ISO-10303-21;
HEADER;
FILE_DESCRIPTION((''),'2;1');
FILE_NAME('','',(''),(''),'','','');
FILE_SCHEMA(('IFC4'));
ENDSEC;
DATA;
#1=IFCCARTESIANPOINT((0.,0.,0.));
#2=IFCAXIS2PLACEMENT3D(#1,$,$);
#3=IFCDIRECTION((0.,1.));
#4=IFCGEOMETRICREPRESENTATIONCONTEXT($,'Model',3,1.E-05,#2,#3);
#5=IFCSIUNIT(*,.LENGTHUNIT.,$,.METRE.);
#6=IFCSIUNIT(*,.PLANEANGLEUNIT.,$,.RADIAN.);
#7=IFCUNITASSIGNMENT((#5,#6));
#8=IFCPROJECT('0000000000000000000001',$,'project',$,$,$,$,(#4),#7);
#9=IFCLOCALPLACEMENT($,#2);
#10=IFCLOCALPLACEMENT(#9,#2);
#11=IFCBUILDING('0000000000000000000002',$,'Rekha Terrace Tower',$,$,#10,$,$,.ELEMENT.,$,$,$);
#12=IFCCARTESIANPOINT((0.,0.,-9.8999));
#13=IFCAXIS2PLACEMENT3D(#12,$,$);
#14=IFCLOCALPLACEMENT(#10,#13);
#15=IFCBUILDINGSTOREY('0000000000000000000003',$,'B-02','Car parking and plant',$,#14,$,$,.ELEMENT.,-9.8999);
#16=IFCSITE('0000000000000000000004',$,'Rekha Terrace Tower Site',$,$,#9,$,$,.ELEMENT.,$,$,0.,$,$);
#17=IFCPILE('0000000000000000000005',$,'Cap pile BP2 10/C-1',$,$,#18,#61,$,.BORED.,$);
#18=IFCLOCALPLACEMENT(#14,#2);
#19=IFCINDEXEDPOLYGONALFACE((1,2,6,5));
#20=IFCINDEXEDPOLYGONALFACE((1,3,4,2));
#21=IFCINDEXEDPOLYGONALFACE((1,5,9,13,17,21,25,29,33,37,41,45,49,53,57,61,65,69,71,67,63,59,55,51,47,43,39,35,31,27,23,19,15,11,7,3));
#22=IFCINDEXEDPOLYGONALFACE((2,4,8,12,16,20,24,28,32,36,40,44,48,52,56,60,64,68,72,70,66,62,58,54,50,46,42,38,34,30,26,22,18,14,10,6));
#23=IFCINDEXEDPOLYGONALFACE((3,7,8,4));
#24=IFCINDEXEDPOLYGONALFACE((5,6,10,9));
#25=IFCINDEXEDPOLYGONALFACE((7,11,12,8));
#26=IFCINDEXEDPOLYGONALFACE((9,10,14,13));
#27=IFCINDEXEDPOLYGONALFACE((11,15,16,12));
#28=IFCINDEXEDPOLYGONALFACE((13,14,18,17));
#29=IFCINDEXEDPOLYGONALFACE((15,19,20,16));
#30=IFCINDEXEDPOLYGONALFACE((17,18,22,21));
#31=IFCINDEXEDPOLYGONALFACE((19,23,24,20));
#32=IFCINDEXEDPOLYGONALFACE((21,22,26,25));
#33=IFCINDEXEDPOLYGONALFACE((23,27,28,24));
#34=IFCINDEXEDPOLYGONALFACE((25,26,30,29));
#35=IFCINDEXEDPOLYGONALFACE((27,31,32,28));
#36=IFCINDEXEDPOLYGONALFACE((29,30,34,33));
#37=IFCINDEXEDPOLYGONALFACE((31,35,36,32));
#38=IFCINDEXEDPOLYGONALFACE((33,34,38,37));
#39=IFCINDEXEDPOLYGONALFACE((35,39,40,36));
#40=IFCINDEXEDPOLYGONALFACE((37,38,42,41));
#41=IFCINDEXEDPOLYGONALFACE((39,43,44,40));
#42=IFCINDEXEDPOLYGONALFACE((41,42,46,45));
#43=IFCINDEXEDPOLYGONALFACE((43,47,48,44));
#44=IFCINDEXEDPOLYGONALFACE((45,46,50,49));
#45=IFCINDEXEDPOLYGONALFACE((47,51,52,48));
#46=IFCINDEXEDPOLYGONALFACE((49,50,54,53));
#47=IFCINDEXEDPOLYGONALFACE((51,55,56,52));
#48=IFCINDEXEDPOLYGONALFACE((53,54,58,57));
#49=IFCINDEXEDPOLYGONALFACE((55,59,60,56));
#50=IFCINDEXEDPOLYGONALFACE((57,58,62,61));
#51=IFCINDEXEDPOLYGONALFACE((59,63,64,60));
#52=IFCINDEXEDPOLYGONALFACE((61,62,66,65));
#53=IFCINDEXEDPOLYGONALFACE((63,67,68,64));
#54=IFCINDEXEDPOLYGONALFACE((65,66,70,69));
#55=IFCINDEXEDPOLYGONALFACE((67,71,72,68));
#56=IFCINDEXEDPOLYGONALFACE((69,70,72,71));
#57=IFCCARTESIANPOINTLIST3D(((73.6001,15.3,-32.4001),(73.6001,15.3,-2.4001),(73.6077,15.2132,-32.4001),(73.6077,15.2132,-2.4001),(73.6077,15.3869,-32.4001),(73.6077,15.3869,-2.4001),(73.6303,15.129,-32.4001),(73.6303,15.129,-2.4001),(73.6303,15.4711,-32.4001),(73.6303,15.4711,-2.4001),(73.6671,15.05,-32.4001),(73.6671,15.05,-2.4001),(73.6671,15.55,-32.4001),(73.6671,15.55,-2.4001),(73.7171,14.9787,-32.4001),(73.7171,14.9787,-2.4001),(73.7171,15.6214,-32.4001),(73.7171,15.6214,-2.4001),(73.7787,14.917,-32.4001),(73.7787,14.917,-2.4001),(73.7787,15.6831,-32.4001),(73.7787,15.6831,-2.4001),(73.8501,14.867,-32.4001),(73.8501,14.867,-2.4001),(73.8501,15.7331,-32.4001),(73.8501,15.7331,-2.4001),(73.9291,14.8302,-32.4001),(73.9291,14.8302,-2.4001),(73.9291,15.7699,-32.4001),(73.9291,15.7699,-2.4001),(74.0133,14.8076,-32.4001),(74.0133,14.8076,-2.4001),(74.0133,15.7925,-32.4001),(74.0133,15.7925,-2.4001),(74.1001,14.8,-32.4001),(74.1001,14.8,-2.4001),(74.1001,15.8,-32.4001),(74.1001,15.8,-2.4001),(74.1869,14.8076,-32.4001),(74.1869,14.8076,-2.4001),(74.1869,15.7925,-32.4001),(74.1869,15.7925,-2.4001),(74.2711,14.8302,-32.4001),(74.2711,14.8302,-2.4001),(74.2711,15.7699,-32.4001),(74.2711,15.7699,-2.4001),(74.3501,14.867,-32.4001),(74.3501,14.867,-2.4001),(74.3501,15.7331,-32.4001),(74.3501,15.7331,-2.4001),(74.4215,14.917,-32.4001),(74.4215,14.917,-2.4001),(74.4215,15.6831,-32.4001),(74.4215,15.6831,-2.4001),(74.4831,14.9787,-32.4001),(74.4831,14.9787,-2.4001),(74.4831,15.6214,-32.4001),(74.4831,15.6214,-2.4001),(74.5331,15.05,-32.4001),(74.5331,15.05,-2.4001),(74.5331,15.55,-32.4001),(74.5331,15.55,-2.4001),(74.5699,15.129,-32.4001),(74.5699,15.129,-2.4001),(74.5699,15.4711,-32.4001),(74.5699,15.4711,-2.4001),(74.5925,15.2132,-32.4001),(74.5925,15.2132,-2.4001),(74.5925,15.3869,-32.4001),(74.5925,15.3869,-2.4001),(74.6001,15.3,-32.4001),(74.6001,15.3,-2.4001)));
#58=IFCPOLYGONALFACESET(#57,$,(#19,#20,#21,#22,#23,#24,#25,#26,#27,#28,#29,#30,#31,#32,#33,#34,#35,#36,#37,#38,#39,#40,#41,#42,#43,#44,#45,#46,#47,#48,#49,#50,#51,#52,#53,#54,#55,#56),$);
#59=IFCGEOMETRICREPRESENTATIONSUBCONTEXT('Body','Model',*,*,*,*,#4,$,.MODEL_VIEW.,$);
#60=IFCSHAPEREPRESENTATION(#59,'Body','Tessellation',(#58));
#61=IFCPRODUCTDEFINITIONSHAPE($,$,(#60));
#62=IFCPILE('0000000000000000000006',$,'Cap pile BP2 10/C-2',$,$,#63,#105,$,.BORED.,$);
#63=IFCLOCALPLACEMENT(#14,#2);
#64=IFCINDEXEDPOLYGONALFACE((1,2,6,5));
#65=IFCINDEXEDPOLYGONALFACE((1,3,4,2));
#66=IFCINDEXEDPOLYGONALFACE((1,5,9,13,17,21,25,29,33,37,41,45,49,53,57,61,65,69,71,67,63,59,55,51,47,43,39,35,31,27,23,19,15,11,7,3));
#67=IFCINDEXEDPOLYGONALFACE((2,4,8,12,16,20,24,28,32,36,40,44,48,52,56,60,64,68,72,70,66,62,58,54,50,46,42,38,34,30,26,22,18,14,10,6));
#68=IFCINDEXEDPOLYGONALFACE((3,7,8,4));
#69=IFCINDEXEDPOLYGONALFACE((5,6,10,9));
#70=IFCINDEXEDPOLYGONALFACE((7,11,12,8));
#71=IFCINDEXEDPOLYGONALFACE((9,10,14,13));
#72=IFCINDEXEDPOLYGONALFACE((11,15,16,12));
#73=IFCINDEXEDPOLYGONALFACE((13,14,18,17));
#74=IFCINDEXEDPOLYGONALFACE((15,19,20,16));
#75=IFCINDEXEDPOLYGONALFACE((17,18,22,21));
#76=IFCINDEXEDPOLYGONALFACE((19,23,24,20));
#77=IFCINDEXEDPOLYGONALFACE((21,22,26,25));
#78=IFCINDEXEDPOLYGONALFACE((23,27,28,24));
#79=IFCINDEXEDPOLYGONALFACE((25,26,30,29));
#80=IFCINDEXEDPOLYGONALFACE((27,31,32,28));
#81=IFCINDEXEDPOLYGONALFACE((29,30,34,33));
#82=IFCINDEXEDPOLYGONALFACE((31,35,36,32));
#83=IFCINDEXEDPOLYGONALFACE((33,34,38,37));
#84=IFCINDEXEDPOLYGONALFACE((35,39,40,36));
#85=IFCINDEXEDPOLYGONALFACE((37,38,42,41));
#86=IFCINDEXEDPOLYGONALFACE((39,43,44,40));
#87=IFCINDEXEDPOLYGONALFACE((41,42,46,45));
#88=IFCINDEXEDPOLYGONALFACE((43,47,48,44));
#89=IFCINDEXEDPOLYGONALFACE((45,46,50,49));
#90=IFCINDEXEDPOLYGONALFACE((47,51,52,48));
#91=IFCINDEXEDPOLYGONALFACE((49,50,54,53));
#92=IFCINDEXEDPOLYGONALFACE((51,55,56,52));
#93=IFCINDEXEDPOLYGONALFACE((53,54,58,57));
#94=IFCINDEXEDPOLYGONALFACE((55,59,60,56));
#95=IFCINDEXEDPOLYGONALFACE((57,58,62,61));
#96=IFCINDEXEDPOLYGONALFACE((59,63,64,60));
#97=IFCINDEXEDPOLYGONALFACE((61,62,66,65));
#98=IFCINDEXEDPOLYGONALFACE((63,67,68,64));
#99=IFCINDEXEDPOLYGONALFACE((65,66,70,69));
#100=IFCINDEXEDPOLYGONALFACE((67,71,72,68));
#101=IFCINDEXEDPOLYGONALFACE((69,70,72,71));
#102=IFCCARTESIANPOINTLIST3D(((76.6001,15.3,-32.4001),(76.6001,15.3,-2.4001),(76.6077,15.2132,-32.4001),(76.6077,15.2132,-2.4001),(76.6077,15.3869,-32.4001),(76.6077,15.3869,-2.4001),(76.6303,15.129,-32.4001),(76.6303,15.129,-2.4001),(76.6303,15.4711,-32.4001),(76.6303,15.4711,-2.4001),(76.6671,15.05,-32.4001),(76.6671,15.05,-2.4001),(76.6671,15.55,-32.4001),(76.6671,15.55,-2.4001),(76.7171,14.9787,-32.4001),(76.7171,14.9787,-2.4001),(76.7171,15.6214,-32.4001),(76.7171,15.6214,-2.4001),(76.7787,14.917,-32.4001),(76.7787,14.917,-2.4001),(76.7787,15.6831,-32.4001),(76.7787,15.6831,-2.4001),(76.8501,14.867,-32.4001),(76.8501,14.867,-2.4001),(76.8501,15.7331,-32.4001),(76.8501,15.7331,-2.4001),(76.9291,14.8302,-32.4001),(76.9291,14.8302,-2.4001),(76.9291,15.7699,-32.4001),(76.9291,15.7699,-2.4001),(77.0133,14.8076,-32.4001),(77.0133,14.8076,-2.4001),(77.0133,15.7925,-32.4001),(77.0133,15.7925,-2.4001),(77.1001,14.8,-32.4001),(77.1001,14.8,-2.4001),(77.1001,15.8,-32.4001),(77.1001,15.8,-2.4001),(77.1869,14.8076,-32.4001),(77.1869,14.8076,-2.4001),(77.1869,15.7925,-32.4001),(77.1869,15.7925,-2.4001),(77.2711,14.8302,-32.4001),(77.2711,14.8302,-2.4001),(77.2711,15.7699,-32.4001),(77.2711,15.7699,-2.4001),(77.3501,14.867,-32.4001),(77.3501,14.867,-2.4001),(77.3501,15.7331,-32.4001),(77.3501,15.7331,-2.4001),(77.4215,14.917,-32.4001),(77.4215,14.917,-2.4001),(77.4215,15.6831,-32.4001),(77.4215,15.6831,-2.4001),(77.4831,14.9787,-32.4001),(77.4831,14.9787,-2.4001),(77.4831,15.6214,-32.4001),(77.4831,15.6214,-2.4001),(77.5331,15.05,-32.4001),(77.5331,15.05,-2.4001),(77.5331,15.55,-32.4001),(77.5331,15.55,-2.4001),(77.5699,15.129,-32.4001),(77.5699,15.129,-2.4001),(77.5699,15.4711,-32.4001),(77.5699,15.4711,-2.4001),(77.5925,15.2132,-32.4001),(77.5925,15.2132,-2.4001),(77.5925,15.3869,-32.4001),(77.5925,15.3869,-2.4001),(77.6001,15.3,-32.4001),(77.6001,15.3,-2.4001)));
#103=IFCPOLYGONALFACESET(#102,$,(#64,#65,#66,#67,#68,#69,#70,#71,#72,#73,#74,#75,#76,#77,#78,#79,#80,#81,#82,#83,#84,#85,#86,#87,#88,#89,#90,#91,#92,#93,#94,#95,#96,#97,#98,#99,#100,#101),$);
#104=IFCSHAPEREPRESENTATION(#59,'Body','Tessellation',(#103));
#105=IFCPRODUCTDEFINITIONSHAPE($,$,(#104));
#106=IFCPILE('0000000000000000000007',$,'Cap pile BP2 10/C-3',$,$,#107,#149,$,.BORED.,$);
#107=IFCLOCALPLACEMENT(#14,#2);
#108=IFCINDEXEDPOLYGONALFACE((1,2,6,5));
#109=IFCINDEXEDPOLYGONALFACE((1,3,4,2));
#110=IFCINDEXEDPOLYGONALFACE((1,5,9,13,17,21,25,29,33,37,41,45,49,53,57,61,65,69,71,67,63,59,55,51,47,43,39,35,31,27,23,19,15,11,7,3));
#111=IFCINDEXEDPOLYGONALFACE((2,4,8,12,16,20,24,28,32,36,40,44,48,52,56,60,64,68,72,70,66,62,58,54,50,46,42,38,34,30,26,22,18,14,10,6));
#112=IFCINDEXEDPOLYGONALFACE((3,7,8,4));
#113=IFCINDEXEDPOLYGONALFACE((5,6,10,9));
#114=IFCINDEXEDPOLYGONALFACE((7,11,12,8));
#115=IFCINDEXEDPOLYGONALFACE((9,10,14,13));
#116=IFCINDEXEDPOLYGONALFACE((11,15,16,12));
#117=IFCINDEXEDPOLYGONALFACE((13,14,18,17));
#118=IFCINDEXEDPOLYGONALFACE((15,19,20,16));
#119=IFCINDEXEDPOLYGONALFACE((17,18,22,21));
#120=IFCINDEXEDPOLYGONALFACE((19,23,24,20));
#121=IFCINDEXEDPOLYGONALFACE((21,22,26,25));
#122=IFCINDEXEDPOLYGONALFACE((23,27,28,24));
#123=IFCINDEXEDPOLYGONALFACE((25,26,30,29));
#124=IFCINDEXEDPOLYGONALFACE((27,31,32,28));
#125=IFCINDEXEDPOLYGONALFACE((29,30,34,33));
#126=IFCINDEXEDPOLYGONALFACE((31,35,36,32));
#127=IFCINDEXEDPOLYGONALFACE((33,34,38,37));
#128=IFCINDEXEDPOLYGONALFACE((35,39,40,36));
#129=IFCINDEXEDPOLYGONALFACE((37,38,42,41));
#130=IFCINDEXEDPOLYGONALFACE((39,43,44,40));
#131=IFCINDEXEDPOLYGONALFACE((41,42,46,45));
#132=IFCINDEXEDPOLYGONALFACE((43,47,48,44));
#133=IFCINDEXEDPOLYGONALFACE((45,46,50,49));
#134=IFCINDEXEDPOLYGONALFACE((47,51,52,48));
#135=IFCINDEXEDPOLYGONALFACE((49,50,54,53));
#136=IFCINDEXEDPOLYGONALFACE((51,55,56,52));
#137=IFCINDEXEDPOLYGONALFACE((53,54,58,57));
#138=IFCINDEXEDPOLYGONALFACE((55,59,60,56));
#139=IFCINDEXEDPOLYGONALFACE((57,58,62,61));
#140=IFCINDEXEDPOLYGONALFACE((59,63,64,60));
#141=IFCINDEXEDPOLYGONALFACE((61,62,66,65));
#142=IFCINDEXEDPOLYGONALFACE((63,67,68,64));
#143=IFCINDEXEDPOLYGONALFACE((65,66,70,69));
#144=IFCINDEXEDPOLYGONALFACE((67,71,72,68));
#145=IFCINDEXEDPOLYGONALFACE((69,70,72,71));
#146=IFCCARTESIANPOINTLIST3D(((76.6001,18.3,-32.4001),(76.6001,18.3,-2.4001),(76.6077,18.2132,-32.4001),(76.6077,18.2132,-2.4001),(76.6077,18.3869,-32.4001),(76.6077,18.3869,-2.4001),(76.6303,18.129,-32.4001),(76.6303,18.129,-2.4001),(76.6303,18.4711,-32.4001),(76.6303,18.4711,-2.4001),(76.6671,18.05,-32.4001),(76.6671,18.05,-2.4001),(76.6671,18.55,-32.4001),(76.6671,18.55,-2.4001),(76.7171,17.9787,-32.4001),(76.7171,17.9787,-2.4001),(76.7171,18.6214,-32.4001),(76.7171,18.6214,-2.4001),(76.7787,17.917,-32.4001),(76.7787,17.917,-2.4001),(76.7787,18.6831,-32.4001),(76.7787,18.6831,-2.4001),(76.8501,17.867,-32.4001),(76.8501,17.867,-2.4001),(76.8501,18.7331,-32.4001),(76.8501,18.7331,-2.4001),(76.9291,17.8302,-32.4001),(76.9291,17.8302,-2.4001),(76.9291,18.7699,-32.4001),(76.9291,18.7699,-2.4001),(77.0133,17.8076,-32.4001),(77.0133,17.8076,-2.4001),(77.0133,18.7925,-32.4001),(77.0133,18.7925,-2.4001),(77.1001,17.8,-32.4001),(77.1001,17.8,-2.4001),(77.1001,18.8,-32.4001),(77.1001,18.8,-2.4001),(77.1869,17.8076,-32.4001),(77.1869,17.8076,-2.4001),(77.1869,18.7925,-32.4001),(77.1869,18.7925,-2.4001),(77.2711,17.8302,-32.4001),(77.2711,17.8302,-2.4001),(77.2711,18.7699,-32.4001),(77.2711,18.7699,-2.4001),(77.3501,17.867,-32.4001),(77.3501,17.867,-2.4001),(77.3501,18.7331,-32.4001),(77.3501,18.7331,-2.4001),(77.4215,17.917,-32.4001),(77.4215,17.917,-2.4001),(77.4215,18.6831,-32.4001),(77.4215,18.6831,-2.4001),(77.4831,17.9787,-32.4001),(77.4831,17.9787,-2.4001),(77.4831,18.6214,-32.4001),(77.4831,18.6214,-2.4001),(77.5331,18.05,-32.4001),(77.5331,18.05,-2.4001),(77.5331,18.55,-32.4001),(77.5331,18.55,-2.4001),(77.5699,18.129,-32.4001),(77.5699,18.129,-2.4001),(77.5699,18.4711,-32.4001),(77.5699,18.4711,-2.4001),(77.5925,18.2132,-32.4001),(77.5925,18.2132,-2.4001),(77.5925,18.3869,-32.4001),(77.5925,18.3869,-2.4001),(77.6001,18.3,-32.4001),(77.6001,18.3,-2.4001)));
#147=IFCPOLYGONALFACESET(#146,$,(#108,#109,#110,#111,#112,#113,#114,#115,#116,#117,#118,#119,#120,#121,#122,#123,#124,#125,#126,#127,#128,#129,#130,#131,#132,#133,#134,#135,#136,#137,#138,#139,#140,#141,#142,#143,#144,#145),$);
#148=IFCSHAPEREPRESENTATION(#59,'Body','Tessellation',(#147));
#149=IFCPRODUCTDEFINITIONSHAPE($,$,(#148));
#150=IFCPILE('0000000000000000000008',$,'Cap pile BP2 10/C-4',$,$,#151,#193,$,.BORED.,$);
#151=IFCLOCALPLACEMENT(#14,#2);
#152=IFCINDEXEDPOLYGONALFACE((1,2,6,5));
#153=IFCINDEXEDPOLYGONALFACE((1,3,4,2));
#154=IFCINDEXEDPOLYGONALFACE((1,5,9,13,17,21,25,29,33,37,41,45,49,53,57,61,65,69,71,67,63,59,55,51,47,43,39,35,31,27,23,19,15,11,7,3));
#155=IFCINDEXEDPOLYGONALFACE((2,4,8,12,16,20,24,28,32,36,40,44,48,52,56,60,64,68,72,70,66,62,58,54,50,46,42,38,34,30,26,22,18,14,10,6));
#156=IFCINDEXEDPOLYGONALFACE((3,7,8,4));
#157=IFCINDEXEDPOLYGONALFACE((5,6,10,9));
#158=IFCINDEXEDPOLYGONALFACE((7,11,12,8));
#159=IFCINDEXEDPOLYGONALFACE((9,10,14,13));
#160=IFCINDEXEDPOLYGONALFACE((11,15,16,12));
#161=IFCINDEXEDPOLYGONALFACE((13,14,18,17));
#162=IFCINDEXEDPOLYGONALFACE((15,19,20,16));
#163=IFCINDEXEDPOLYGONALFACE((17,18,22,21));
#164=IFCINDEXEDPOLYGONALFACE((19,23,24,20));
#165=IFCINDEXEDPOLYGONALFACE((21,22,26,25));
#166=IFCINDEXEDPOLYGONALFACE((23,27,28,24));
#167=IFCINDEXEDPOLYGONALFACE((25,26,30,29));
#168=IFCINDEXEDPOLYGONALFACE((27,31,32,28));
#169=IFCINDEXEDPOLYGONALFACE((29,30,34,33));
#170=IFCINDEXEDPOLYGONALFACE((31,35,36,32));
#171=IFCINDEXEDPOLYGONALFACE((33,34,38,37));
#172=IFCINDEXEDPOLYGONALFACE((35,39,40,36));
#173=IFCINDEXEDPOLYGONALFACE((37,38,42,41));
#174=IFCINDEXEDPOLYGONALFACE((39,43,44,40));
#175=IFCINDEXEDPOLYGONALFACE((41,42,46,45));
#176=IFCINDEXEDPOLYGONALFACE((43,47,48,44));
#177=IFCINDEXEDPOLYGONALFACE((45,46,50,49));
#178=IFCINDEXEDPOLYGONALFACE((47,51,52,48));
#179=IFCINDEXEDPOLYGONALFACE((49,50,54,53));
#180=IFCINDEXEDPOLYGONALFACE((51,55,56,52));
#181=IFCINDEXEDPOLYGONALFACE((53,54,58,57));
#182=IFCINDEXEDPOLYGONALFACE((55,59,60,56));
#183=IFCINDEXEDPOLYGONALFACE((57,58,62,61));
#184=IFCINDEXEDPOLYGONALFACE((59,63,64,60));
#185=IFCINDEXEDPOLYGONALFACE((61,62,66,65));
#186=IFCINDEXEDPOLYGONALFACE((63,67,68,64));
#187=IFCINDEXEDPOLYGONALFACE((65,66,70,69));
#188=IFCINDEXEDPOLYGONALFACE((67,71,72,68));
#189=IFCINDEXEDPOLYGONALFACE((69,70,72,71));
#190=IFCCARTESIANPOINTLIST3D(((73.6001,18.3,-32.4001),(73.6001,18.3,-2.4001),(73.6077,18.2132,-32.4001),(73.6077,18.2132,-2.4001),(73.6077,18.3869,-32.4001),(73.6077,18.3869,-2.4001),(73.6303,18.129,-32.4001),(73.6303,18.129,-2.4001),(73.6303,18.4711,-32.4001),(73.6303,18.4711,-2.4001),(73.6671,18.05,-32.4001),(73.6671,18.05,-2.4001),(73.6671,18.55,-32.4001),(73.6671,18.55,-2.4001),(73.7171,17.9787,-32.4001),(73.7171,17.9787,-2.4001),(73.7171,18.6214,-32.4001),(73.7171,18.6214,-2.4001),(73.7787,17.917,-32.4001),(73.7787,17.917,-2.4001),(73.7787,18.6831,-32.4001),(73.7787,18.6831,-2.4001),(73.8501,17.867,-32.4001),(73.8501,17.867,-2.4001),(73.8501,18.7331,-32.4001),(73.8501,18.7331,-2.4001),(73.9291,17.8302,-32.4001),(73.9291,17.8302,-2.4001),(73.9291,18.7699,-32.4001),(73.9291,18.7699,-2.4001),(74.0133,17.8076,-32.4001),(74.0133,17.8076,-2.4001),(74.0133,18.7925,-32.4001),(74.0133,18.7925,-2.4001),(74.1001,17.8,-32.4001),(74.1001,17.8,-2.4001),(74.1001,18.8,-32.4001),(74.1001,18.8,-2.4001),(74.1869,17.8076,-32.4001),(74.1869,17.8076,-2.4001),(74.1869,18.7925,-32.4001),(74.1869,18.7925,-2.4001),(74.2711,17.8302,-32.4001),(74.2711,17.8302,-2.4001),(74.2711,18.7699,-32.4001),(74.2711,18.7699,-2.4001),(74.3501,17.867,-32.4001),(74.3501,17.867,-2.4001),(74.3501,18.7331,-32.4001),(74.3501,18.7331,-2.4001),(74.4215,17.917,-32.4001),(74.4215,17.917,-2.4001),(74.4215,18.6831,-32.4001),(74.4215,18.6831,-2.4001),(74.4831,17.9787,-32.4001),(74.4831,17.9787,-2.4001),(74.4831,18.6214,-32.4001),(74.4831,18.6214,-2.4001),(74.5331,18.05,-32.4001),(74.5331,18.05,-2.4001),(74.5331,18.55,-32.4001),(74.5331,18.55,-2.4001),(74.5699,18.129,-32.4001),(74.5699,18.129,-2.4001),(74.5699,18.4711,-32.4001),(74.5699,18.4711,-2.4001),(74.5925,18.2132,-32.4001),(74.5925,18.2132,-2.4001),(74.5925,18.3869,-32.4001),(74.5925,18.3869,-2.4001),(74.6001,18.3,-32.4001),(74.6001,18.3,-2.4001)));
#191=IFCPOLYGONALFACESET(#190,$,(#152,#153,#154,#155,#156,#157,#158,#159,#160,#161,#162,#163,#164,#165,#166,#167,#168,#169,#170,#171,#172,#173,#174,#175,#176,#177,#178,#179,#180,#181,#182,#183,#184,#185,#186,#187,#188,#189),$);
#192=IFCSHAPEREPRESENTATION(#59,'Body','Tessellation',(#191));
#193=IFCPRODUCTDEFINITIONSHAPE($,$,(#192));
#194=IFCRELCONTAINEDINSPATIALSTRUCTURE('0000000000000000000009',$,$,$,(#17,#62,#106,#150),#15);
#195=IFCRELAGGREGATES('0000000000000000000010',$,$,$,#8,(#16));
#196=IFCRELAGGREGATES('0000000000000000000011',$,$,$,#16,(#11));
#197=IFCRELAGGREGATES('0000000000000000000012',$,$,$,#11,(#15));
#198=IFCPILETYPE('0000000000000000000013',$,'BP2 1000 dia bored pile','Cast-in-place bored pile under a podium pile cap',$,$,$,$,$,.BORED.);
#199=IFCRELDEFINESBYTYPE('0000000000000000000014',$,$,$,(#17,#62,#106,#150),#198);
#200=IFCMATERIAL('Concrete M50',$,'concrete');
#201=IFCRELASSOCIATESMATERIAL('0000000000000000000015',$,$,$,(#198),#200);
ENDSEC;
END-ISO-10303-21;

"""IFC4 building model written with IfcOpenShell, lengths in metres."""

from ifc_helpers import new_model, si_unit, direction, frame, origin, origin_2d, place, context, subcontext, project, spatial, circle, extrude, material, type_object, element, save


model = new_model("IFC4")

# Units and contexts
model_context = context("Model", 3, precision=1e-05, world=origin(), true_north=direction((0.0, 1.0)))
body_context = subcontext(model_context, "Body", "Model", "MODEL_VIEW")
ifc_project = project(units=[si_unit("LENGTHUNIT", "METRE"), si_unit("PLANEANGLEUNIT", "RADIAN")], contexts=[model_context])

# Site, building, storey
site_placement = place(None, origin())
site = spatial("IfcSite", under=ifc_project, at=site_placement, Name="Rekha Terrace Tower Site", CompositionType="ELEMENT", RefElevation=0.0)
building_placement = place(site_placement, origin())
building = spatial("IfcBuilding", under=site, at=building_placement, Name="Rekha Terrace Tower", CompositionType="ELEMENT")
storey_placement = place(building_placement, frame((0.0, 0.0, -9.8999)))
storey = spatial("IfcBuildingStorey", under=building, at=storey_placement, Name="B-02", Description="Car parking and plant", CompositionType="ELEMENT", Elevation=-9.8999)

# Piles
ifc_material_1 = material(Name="Concrete M50", Category="concrete")
pile_type = type_object("IfcPileType", Name="BP2 1000 dia bored pile", Description="Cast-in-place bored pile under a podium pile cap", PredefinedType="BORED", material=ifc_material_1)
for number, where, z_axis, x_axis, name in (
    (1, (74.1001, 15.3, -2.4001), (0.0, 0.0, -1.0), (1.0, 0.0, 0.0), "Cap pile BP2 10/C-1"),
    (2, (77.1001, 15.3, -2.4001), (0.0, 0.0, -1.0), (1.0, 0.0, 0.0), "Cap pile BP2 10/C-2"),
    (3, (77.1001, 18.3, -2.4001), (0.0, 0.0, -1.0), (1.0, 0.0, 0.0), "Cap pile BP2 10/C-3"),
    (4, (74.1001, 18.3, -2.4001), (0.0, 0.0, -1.0), (1.0, 0.0, 0.0), "Cap pile BP2 10/C-4"),
):
    element("IfcPile", number, at=place(storey_placement, frame(where, z_axis=z_axis, x_axis=x_axis)), inside=storey, type_object=pile_type, Name=name, PredefinedType="BORED", context=body_context, shape_type="SweptSolid", body=[
        extrude(circle(Radius=0.5, at=origin_2d()), origin(), (0.0, 0.0, 1.0), 30.0),
    ])

save(model, "model.ifc")
